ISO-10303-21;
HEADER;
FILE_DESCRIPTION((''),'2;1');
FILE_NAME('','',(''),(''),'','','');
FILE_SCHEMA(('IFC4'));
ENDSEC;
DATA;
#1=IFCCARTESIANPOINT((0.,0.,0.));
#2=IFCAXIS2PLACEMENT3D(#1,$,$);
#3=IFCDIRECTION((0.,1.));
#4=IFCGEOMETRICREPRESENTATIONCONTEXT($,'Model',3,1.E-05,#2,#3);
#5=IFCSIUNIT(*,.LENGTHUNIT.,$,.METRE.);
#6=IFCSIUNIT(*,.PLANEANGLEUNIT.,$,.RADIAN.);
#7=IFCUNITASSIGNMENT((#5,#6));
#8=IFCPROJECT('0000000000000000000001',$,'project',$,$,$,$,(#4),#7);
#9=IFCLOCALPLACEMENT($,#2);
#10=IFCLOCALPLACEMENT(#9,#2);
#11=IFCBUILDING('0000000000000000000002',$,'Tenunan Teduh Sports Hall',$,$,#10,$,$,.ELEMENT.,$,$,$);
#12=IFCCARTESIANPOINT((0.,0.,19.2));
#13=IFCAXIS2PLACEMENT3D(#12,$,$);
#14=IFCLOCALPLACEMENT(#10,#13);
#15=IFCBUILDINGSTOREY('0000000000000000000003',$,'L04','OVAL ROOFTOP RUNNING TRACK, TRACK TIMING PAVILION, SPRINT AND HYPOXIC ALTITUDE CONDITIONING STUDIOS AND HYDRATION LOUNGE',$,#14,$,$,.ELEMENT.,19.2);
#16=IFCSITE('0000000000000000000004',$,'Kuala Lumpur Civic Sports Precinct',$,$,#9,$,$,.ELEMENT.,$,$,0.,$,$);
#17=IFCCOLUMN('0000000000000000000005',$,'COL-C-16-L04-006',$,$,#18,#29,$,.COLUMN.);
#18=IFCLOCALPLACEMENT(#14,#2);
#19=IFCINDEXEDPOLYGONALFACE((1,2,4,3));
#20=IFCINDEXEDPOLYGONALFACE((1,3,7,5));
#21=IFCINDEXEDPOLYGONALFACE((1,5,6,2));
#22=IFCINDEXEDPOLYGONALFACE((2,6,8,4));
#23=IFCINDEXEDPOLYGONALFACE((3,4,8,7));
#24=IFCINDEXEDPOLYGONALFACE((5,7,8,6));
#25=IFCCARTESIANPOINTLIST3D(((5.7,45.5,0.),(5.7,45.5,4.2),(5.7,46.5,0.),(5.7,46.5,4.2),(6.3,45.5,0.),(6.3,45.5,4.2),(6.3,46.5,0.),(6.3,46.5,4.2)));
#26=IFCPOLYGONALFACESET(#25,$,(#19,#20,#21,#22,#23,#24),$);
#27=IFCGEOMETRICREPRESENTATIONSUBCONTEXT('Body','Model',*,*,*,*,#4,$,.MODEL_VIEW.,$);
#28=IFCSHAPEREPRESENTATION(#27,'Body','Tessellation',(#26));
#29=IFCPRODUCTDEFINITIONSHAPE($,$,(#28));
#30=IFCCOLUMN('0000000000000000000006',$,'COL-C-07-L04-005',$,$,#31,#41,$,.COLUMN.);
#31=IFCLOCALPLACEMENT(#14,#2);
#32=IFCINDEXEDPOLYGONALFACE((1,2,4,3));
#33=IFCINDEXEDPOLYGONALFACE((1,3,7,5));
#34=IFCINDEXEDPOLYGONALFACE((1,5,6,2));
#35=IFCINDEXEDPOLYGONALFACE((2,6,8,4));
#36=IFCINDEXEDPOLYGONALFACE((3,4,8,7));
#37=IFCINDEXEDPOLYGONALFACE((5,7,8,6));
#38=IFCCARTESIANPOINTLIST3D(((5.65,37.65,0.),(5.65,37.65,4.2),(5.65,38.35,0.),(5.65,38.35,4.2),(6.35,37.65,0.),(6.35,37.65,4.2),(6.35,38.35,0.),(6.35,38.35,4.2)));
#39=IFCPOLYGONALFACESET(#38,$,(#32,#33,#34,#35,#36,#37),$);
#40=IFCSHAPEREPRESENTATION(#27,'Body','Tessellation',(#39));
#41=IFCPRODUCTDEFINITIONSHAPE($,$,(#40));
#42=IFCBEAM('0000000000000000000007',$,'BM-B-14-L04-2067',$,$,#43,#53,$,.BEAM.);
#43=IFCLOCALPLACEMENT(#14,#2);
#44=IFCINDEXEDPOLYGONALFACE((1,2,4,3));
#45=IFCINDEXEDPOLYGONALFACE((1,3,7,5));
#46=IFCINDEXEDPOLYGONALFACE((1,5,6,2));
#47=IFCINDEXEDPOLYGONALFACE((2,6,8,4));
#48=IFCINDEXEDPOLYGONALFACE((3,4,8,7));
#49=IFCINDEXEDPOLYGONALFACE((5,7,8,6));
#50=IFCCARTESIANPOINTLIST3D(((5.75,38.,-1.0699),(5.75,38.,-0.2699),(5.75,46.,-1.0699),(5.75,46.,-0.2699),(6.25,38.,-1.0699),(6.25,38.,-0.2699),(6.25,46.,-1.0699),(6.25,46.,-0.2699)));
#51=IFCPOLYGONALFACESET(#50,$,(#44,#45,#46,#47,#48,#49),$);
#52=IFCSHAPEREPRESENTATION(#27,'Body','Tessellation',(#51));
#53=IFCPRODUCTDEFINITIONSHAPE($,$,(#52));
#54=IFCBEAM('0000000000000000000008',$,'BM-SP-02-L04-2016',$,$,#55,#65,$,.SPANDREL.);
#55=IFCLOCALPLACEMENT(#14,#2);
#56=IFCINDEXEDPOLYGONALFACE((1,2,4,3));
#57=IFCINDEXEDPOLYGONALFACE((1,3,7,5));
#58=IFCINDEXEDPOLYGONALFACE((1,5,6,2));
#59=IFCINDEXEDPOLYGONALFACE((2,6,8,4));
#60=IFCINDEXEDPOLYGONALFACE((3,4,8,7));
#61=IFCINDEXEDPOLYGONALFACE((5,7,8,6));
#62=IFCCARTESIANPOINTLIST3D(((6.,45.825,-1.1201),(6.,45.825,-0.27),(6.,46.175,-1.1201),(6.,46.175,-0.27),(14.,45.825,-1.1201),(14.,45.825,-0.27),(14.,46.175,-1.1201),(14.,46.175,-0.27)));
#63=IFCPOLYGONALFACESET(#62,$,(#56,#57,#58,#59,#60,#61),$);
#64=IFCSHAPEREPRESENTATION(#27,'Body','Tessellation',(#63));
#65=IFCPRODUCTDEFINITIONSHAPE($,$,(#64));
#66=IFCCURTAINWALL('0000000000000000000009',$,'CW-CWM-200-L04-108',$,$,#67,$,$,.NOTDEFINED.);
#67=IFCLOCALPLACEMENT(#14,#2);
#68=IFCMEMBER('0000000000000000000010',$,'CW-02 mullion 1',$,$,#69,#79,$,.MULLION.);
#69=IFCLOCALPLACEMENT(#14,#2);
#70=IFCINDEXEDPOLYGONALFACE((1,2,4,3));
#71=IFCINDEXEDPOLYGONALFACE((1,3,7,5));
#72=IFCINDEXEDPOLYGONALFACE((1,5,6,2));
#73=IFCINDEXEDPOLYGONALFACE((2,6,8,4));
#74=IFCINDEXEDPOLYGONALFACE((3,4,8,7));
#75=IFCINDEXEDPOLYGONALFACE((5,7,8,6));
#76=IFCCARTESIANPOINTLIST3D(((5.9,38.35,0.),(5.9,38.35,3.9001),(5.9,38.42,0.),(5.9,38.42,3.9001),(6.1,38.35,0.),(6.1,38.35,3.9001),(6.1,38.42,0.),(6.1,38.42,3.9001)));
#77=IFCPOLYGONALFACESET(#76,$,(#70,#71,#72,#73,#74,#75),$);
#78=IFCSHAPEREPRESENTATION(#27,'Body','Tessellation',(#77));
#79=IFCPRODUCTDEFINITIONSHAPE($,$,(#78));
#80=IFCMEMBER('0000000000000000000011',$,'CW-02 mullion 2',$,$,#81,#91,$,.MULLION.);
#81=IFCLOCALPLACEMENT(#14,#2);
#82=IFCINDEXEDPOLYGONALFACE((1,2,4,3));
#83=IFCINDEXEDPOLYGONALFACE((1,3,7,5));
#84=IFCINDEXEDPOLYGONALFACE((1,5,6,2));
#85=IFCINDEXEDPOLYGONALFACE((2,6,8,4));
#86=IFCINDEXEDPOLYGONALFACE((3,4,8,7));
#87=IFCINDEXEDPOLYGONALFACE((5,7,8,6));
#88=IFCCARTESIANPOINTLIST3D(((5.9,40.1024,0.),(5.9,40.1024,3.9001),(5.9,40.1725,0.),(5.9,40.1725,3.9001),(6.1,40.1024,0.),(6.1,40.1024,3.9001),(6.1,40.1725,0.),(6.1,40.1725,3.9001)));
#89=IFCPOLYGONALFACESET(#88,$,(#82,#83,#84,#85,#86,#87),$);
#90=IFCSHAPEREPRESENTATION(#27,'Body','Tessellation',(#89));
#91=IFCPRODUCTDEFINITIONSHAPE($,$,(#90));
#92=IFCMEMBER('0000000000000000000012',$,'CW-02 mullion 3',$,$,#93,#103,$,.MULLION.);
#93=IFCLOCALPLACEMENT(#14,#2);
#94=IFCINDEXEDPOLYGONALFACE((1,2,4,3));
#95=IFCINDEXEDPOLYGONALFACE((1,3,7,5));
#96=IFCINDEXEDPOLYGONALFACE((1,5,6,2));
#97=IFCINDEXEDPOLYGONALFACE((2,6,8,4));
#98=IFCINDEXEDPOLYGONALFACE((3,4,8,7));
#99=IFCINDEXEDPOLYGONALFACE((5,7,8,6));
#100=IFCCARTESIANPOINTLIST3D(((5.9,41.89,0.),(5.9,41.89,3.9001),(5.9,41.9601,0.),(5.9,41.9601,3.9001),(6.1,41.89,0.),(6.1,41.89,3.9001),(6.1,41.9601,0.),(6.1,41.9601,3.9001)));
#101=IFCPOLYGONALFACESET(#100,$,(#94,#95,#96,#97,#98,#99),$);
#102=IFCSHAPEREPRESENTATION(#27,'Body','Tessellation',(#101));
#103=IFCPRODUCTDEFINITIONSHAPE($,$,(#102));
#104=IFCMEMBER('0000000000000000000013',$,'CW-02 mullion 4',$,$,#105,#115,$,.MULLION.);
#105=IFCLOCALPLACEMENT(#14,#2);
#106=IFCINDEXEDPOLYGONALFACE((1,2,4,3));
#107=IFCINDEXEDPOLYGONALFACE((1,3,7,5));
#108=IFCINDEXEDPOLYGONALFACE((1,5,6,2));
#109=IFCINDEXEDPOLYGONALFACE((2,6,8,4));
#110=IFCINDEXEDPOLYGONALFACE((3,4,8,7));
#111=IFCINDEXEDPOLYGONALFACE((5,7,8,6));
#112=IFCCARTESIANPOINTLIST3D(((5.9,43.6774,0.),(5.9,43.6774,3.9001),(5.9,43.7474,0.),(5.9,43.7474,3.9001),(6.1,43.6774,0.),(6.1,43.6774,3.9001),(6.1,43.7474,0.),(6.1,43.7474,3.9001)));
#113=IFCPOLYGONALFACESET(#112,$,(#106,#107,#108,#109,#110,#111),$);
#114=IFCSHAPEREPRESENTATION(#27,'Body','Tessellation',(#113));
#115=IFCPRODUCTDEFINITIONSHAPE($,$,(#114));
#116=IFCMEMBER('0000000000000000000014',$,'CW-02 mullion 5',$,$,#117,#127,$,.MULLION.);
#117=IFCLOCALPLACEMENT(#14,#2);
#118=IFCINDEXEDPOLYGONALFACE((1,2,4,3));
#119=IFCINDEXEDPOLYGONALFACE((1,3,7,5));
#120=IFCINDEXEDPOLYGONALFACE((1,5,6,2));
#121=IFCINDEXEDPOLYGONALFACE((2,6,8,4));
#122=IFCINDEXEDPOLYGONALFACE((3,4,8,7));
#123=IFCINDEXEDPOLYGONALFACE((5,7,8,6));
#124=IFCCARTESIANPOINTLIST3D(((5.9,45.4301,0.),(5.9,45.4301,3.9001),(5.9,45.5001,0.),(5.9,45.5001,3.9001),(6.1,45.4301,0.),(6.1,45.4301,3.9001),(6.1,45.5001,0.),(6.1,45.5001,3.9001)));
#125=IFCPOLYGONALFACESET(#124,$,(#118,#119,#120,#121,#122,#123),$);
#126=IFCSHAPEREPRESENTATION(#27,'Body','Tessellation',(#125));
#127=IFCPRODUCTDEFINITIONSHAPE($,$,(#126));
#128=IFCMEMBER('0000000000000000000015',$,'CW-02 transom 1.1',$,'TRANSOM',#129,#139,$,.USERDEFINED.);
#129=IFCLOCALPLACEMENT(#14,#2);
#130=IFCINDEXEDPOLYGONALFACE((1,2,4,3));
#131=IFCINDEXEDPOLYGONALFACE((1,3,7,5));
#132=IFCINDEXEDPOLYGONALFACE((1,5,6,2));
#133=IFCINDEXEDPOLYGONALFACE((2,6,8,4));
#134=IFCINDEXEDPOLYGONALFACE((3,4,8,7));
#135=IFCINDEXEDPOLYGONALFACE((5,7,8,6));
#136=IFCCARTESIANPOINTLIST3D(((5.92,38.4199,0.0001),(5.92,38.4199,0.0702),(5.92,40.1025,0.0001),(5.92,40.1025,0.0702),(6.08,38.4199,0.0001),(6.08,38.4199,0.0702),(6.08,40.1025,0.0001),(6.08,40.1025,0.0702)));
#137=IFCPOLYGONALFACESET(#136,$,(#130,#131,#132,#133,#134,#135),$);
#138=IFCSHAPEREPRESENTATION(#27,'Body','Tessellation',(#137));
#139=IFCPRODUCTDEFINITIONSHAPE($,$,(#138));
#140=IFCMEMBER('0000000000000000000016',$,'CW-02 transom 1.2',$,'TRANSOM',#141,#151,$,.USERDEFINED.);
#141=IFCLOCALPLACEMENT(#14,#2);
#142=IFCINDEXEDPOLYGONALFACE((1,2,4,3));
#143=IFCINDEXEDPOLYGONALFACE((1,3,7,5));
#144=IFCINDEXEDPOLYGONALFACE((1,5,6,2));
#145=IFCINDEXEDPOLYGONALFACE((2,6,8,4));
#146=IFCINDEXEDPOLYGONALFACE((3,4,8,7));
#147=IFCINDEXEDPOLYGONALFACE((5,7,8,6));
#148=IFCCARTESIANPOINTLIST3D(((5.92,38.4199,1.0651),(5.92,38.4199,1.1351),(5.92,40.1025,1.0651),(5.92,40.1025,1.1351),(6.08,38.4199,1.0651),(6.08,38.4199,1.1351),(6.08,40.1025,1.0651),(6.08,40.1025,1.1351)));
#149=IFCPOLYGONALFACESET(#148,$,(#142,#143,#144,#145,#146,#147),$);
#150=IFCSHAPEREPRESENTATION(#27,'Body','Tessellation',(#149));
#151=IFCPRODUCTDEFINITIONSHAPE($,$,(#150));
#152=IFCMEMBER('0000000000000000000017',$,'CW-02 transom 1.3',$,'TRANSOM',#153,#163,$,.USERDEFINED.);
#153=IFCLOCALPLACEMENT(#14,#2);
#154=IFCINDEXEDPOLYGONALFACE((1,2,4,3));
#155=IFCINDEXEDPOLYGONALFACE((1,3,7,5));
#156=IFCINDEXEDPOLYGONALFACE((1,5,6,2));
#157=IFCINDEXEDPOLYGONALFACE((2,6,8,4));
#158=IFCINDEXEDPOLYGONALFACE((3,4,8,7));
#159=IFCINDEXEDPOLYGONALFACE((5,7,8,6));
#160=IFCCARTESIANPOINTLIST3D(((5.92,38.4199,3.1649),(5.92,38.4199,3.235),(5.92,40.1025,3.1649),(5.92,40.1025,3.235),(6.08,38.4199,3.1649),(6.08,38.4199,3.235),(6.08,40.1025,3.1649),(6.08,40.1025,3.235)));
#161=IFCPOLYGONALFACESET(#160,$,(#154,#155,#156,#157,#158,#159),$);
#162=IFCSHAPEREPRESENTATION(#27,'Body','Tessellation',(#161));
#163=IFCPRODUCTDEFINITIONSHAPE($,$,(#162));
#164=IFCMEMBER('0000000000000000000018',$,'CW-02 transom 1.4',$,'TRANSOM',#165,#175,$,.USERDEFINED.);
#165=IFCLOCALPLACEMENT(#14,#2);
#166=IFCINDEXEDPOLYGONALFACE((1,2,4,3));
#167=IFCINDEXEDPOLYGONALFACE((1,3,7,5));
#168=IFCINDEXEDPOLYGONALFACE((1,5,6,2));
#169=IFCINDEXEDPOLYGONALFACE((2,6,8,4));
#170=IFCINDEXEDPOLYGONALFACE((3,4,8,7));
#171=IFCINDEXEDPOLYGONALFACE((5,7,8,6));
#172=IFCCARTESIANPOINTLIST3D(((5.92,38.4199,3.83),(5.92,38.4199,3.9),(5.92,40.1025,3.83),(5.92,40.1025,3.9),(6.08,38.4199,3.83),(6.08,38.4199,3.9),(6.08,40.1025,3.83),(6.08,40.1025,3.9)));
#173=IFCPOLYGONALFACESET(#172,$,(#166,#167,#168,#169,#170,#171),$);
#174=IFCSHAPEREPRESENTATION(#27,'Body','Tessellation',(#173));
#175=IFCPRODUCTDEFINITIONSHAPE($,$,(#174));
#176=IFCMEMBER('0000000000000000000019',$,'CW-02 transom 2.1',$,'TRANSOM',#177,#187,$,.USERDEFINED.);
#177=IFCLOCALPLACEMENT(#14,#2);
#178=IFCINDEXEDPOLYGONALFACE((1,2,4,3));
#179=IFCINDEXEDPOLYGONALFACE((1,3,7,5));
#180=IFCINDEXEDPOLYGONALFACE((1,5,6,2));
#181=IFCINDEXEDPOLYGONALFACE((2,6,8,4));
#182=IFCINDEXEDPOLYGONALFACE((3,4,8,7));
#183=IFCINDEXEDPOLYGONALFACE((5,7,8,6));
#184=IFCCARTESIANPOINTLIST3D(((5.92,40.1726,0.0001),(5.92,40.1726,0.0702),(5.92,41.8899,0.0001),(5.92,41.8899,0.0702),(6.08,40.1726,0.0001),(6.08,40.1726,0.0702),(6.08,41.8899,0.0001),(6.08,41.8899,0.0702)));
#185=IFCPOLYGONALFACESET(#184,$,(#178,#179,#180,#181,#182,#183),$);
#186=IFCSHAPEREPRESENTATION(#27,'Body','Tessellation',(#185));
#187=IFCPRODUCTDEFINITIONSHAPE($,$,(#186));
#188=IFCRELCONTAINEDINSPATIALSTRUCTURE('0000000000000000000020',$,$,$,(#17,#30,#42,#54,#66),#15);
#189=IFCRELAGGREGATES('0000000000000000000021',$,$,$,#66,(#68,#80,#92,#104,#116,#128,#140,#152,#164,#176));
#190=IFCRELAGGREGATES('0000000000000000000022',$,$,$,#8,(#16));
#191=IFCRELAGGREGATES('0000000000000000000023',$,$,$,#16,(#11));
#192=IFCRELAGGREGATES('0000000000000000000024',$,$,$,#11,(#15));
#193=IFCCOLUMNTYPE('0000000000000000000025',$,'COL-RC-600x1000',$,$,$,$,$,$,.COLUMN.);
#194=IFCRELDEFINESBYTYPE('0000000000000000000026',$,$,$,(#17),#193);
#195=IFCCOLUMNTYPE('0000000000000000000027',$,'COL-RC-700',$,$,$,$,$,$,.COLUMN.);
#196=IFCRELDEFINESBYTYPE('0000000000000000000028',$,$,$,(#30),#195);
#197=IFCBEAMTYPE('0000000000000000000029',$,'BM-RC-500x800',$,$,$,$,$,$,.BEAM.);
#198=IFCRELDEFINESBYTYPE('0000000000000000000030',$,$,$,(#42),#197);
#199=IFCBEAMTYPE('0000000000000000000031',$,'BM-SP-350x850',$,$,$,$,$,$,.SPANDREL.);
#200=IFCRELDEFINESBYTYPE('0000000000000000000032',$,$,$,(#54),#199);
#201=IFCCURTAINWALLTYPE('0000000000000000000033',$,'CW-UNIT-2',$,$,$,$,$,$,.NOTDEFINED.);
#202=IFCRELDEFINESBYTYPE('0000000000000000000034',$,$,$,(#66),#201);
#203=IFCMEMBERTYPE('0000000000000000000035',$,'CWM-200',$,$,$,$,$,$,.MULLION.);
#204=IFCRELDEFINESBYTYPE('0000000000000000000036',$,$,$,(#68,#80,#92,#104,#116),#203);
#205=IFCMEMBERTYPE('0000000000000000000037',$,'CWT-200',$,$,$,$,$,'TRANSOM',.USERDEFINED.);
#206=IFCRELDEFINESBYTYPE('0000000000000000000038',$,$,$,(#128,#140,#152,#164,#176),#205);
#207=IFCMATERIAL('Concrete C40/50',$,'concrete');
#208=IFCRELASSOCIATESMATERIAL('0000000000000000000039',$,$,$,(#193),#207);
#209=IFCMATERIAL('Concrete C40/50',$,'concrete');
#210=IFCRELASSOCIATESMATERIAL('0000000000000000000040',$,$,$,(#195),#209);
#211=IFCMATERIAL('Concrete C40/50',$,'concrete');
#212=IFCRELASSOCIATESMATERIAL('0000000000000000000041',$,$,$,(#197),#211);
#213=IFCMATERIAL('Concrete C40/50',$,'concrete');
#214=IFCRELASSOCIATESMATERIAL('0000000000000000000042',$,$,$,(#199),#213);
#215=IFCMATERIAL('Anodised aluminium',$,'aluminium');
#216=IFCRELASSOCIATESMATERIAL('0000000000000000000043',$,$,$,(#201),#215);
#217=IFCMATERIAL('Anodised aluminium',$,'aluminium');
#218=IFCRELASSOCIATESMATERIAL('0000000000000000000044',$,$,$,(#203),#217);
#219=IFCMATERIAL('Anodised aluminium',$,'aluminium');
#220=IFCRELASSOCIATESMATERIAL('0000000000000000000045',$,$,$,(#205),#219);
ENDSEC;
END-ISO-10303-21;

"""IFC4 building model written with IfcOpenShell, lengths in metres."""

from ifc_helpers import new_model, si_unit, direction, frame, origin, origin_2d, place, context, subcontext, project, spatial, rectangle, extrude, material, material_profile, profile_set, type_object, element, aggregate, save


model = new_model("IFC4")

# Units and contexts
model_context = context("Model", 3, precision=1e-05, world=origin(), true_north=direction((0.0, 1.0)))
body_context = subcontext(model_context, "Body", "Model", "MODEL_VIEW")
ifc_project = project(units=[si_unit("LENGTHUNIT", "METRE"), si_unit("PLANEANGLEUNIT", "RADIAN")], contexts=[model_context])

# Site, building, storey
site_placement = place(None, origin())
site = spatial("IfcSite", under=ifc_project, at=site_placement, Name="Kuala Lumpur Civic Sports Precinct", CompositionType="ELEMENT", RefElevation=0.0)
building_placement = place(site_placement, origin())
building = spatial("IfcBuilding", under=site, at=building_placement, Name="Tenunan Teduh Sports Hall", CompositionType="ELEMENT")
storey_placement = place(building_placement, frame((0.0, 0.0, 19.2)))
storey = spatial("IfcBuildingStorey", under=building, at=storey_placement, Name="L04", Description="OVAL ROOFTOP RUNNING TRACK, TRACK TIMING PAVILION, SPRINT AND HYPOXIC ALTITUDE CONDITIONING STUDIOS AND HYDRATION LOUNGE", CompositionType="ELEMENT", Elevation=19.2)

# Columns
ifc_material_1 = material(Name="Concrete C40/50", Category="concrete")
ifc_material_profile_1 = material_profile(ifc_material_1, rectangle(XDim=0.6001, YDim=1.0, at=origin_2d()), Name="RC 600x1000")
ifc_profile_set_1 = profile_set([ifc_material_profile_1], Name="Concrete C40/50")
column_type_1 = type_object("IfcColumnType", Name="COL-RC-600x1000", PredefinedType="COLUMN", material=ifc_profile_set_1)
column_1_placement = place(storey_placement, frame((6.0, 46.0, 0.0), z_axis=(0.0, 0.0, 1.0), x_axis=(1.0, 0.0, 0.0)))
element("IfcColumn", 1, at=column_1_placement, inside=storey, type_object=column_type_1, Name="COL-C-16-L04-006", PredefinedType="COLUMN", context=body_context, shape_type="SweptSolid", body=[
    extrude(rectangle(XDim=0.6001, YDim=1.0, at=origin_2d()), origin(), (0.0, 0.0, 1.0), 4.2),
])
ifc_material_2 = material(Name="Concrete C40/50", Category="concrete")
ifc_material_profile_2 = material_profile(ifc_material_2, rectangle(XDim=0.7, YDim=0.7, at=origin_2d()), Name="RC 700x700")
ifc_profile_set_2 = profile_set([ifc_material_profile_2], Name="Concrete C40/50")
column_type_2 = type_object("IfcColumnType", Name="COL-RC-700", PredefinedType="COLUMN", material=ifc_profile_set_2)
column_2_placement = place(storey_placement, frame((6.0, 38.0, 0.0), z_axis=(0.0, 0.0, 1.0), x_axis=(1.0, 0.0, 0.0)))
element("IfcColumn", 2, at=column_2_placement, inside=storey, type_object=column_type_2, Name="COL-C-07-L04-005", PredefinedType="COLUMN", context=body_context, shape_type="SweptSolid", body=[
    extrude(rectangle(XDim=0.7, YDim=0.7, at=origin_2d()), origin(), (0.0, 0.0, 1.0), 4.2),
])

# Beams
ifc_material_3 = material(Name="Concrete C40/50", Category="concrete")
ifc_material_profile_3 = material_profile(ifc_material_3, rectangle(XDim=0.5, YDim=0.8, at=origin_2d()), Name="RCB 500x800")
ifc_profile_set_3 = profile_set([ifc_material_profile_3], Name="Concrete C40/50")
beam_type_1 = type_object("IfcBeamType", Name="BM-RC-500x800", PredefinedType="BEAM", material=ifc_profile_set_3)
beam_1_placement = place(storey_placement, frame((6.0, 38.0, -0.6699), z_axis=(0.0, 1.0, 0.0), x_axis=(-1.0, 0.0, 0.0)))
element("IfcBeam", 3, at=beam_1_placement, inside=storey, type_object=beam_type_1, Name="BM-B-14-L04-2067", PredefinedType="BEAM", context=body_context, shape_type="SweptSolid", body=[
    extrude(rectangle(XDim=0.5, YDim=0.8, at=origin_2d()), origin(), (0.0, 0.0, 1.0), 8.0),
])
ifc_material_4 = material(Name="Concrete C40/50", Category="concrete")
ifc_material_profile_4 = material_profile(ifc_material_4, rectangle(XDim=0.3501, YDim=0.8501, at=origin_2d()), Name="SPB 350x850")
ifc_profile_set_4 = profile_set([ifc_material_profile_4], Name="Concrete C40/50")
beam_type_2 = type_object("IfcBeamType", Name="BM-SP-350x850", PredefinedType="SPANDREL", material=ifc_profile_set_4)
beam_2_placement = place(storey_placement, frame((6.0, 46.0, -0.6951), z_axis=(1.0, 0.0, 0.0), x_axis=(0.0, 1.0, 0.0)))
element("IfcBeam", 4, at=beam_2_placement, inside=storey, type_object=beam_type_2, Name="BM-SP-02-L04-2016", PredefinedType="SPANDREL", context=body_context, shape_type="SweptSolid", body=[
    extrude(rectangle(XDim=0.3501, YDim=0.8501, at=origin_2d()), origin(), (0.0, 0.0, 1.0), 8.0),
])

# Curtain wall, members
ifc_material_5 = material(Name="Anodised aluminium", Category="aluminium")
curtain_wall_type = type_object("IfcCurtainWallType", Name="CW-UNIT-2", PredefinedType="NOTDEFINED", material=ifc_material_5)
curtain_wall_placement = place(storey_placement, origin())
curtain_wall = element("IfcCurtainWall", 5, at=curtain_wall_placement, inside=storey, type_object=curtain_wall_type, Name="CW-CWM-200-L04-108", PredefinedType="NOTDEFINED")
ifc_material_6 = material(Name="Anodised aluminium", Category="aluminium")
ifc_material_profile_5 = material_profile(ifc_material_6, rectangle(XDim=0.0701, YDim=0.2, at=origin_2d()), Name="CWM 70x200")
ifc_profile_set_5 = profile_set([ifc_material_profile_5], Name="Anodised aluminium")
member_type_1 = type_object("IfcMemberType", Name="CWM-200", PredefinedType="MULLION", material=ifc_profile_set_5)
member_1_placement = place(storey_placement, frame((6.0, 38.385, 0.0), z_axis=(0.0, 0.0, 1.0), x_axis=(0.0, 1.0, 0.0)))
member_1 = element("IfcMember", 6, at=member_1_placement, type_object=member_type_1, Name="CW-02 mullion 1", PredefinedType="MULLION", context=body_context, shape_type="SweptSolid", body=[
    extrude(rectangle(XDim=0.0701, YDim=0.2, at=origin_2d()), origin(), (0.0, 0.0, 1.0), 3.9001),
])
member_2_placement = place(storey_placement, frame((6.0, 40.1375, 0.0), z_axis=(0.0, 0.0, 1.0), x_axis=(0.0, 1.0, 0.0)))
member_2 = element("IfcMember", 7, at=member_2_placement, type_object=member_type_1, Name="CW-02 mullion 2", PredefinedType="MULLION", context=body_context, shape_type="SweptSolid", body=[
    extrude(rectangle(XDim=0.0701, YDim=0.2, at=origin_2d()), origin(), (0.0, 0.0, 1.0), 3.9001),
])
member_3_placement = place(storey_placement, frame((6.0, 41.925, 0.0), z_axis=(0.0, 0.0, 1.0), x_axis=(0.0, 1.0, 0.0)))
member_3 = element("IfcMember", 8, at=member_3_placement, type_object=member_type_1, Name="CW-02 mullion 3", PredefinedType="MULLION", context=body_context, shape_type="SweptSolid", body=[
    extrude(rectangle(XDim=0.0701, YDim=0.2, at=origin_2d()), origin(), (0.0, 0.0, 1.0), 3.9001),
])
member_4_placement = place(storey_placement, frame((6.0, 43.7124, 0.0), z_axis=(0.0, 0.0, 1.0), x_axis=(0.0, 1.0, 0.0)))
member_4 = element("IfcMember", 9, at=member_4_placement, type_object=member_type_1, Name="CW-02 mullion 4", PredefinedType="MULLION", context=body_context, shape_type="SweptSolid", body=[
    extrude(rectangle(XDim=0.0701, YDim=0.2, at=origin_2d()), origin(), (0.0, 0.0, 1.0), 3.9001),
])
member_5_placement = place(storey_placement, frame((6.0, 45.4651, 0.0), z_axis=(0.0, 0.0, 1.0), x_axis=(0.0, 1.0, 0.0)))
member_5 = element("IfcMember", 10, at=member_5_placement, type_object=member_type_1, Name="CW-02 mullion 5", PredefinedType="MULLION", context=body_context, shape_type="SweptSolid", body=[
    extrude(rectangle(XDim=0.0701, YDim=0.2, at=origin_2d()), origin(), (0.0, 0.0, 1.0), 3.9001),
])
ifc_material_7 = material(Name="Anodised aluminium", Category="aluminium")
ifc_material_profile_6 = material_profile(ifc_material_7, rectangle(XDim=0.0701, YDim=0.1599, at=origin_2d()), Name="CWT 70x160")
ifc_profile_set_6 = profile_set([ifc_material_profile_6], Name="Anodised aluminium")
member_type_2 = type_object("IfcMemberType", Name="CWT-200", ElementType="TRANSOM", PredefinedType="USERDEFINED", material=ifc_profile_set_6)
member_6_placement = place(storey_placement, frame((6.0, 38.4199, 0.0352), z_axis=(0.0, 1.0, 0.0), x_axis=(0.0, 0.0, 1.0)))
member_6 = element("IfcMember", 11, at=member_6_placement, type_object=member_type_2, Name="CW-02 transom 1.1", ObjectType="TRANSOM", PredefinedType="USERDEFINED", context=body_context, shape_type="SweptSolid", body=[
    extrude(rectangle(XDim=0.0701, YDim=0.1599, at=origin_2d()), origin(), (0.0, 0.0, 1.0), 1.6826),
])
member_7_placement = place(storey_placement, frame((6.0, 38.4199, 1.1001), z_axis=(0.0, 1.0, 0.0), x_axis=(0.0, 0.0, 1.0)))
member_7 = element("IfcMember", 12, at=member_7_placement, type_object=member_type_2, Name="CW-02 transom 1.2", ObjectType="TRANSOM", PredefinedType="USERDEFINED", context=body_context, shape_type="SweptSolid", body=[
    extrude(rectangle(XDim=0.0701, YDim=0.1599, at=origin_2d()), origin(), (0.0, 0.0, 1.0), 1.6826),
])
member_8_placement = place(storey_placement, frame((6.0, 38.4199, 3.2), z_axis=(0.0, 1.0, 0.0), x_axis=(0.0, 0.0, 1.0)))
member_8 = element("IfcMember", 13, at=member_8_placement, type_object=member_type_2, Name="CW-02 transom 1.3", ObjectType="TRANSOM", PredefinedType="USERDEFINED", context=body_context, shape_type="SweptSolid", body=[
    extrude(rectangle(XDim=0.0701, YDim=0.1599, at=origin_2d()), origin(), (0.0, 0.0, 1.0), 1.6826),
])
member_9_placement = place(storey_placement, frame((6.0, 38.4199, 3.865), z_axis=(0.0, 1.0, 0.0), x_axis=(0.0, 0.0, 1.0)))
member_9 = element("IfcMember", 14, at=member_9_placement, type_object=member_type_2, Name="CW-02 transom 1.4", ObjectType="TRANSOM", PredefinedType="USERDEFINED", context=body_context, shape_type="SweptSolid", body=[
    extrude(rectangle(XDim=0.0701, YDim=0.1599, at=origin_2d()), origin(), (0.0, 0.0, 1.0), 1.6826),
])
member_10_placement = place(storey_placement, frame((6.0, 40.1726, 0.0352), z_axis=(0.0, 1.0, 0.0), x_axis=(0.0, 0.0, 1.0)))
member_10 = element("IfcMember", 15, at=member_10_placement, type_object=member_type_2, Name="CW-02 transom 2.1", ObjectType="TRANSOM", PredefinedType="USERDEFINED", context=body_context, shape_type="SweptSolid", body=[
    extrude(rectangle(XDim=0.0701, YDim=0.1599, at=origin_2d()), origin(), (0.0, 0.0, 1.0), 1.7173),
])

aggregate(curtain_wall, [member_1, member_2, member_3, member_4, member_5, member_6, member_7, member_8, member_9, member_10])

save(model, "model.ifc")
